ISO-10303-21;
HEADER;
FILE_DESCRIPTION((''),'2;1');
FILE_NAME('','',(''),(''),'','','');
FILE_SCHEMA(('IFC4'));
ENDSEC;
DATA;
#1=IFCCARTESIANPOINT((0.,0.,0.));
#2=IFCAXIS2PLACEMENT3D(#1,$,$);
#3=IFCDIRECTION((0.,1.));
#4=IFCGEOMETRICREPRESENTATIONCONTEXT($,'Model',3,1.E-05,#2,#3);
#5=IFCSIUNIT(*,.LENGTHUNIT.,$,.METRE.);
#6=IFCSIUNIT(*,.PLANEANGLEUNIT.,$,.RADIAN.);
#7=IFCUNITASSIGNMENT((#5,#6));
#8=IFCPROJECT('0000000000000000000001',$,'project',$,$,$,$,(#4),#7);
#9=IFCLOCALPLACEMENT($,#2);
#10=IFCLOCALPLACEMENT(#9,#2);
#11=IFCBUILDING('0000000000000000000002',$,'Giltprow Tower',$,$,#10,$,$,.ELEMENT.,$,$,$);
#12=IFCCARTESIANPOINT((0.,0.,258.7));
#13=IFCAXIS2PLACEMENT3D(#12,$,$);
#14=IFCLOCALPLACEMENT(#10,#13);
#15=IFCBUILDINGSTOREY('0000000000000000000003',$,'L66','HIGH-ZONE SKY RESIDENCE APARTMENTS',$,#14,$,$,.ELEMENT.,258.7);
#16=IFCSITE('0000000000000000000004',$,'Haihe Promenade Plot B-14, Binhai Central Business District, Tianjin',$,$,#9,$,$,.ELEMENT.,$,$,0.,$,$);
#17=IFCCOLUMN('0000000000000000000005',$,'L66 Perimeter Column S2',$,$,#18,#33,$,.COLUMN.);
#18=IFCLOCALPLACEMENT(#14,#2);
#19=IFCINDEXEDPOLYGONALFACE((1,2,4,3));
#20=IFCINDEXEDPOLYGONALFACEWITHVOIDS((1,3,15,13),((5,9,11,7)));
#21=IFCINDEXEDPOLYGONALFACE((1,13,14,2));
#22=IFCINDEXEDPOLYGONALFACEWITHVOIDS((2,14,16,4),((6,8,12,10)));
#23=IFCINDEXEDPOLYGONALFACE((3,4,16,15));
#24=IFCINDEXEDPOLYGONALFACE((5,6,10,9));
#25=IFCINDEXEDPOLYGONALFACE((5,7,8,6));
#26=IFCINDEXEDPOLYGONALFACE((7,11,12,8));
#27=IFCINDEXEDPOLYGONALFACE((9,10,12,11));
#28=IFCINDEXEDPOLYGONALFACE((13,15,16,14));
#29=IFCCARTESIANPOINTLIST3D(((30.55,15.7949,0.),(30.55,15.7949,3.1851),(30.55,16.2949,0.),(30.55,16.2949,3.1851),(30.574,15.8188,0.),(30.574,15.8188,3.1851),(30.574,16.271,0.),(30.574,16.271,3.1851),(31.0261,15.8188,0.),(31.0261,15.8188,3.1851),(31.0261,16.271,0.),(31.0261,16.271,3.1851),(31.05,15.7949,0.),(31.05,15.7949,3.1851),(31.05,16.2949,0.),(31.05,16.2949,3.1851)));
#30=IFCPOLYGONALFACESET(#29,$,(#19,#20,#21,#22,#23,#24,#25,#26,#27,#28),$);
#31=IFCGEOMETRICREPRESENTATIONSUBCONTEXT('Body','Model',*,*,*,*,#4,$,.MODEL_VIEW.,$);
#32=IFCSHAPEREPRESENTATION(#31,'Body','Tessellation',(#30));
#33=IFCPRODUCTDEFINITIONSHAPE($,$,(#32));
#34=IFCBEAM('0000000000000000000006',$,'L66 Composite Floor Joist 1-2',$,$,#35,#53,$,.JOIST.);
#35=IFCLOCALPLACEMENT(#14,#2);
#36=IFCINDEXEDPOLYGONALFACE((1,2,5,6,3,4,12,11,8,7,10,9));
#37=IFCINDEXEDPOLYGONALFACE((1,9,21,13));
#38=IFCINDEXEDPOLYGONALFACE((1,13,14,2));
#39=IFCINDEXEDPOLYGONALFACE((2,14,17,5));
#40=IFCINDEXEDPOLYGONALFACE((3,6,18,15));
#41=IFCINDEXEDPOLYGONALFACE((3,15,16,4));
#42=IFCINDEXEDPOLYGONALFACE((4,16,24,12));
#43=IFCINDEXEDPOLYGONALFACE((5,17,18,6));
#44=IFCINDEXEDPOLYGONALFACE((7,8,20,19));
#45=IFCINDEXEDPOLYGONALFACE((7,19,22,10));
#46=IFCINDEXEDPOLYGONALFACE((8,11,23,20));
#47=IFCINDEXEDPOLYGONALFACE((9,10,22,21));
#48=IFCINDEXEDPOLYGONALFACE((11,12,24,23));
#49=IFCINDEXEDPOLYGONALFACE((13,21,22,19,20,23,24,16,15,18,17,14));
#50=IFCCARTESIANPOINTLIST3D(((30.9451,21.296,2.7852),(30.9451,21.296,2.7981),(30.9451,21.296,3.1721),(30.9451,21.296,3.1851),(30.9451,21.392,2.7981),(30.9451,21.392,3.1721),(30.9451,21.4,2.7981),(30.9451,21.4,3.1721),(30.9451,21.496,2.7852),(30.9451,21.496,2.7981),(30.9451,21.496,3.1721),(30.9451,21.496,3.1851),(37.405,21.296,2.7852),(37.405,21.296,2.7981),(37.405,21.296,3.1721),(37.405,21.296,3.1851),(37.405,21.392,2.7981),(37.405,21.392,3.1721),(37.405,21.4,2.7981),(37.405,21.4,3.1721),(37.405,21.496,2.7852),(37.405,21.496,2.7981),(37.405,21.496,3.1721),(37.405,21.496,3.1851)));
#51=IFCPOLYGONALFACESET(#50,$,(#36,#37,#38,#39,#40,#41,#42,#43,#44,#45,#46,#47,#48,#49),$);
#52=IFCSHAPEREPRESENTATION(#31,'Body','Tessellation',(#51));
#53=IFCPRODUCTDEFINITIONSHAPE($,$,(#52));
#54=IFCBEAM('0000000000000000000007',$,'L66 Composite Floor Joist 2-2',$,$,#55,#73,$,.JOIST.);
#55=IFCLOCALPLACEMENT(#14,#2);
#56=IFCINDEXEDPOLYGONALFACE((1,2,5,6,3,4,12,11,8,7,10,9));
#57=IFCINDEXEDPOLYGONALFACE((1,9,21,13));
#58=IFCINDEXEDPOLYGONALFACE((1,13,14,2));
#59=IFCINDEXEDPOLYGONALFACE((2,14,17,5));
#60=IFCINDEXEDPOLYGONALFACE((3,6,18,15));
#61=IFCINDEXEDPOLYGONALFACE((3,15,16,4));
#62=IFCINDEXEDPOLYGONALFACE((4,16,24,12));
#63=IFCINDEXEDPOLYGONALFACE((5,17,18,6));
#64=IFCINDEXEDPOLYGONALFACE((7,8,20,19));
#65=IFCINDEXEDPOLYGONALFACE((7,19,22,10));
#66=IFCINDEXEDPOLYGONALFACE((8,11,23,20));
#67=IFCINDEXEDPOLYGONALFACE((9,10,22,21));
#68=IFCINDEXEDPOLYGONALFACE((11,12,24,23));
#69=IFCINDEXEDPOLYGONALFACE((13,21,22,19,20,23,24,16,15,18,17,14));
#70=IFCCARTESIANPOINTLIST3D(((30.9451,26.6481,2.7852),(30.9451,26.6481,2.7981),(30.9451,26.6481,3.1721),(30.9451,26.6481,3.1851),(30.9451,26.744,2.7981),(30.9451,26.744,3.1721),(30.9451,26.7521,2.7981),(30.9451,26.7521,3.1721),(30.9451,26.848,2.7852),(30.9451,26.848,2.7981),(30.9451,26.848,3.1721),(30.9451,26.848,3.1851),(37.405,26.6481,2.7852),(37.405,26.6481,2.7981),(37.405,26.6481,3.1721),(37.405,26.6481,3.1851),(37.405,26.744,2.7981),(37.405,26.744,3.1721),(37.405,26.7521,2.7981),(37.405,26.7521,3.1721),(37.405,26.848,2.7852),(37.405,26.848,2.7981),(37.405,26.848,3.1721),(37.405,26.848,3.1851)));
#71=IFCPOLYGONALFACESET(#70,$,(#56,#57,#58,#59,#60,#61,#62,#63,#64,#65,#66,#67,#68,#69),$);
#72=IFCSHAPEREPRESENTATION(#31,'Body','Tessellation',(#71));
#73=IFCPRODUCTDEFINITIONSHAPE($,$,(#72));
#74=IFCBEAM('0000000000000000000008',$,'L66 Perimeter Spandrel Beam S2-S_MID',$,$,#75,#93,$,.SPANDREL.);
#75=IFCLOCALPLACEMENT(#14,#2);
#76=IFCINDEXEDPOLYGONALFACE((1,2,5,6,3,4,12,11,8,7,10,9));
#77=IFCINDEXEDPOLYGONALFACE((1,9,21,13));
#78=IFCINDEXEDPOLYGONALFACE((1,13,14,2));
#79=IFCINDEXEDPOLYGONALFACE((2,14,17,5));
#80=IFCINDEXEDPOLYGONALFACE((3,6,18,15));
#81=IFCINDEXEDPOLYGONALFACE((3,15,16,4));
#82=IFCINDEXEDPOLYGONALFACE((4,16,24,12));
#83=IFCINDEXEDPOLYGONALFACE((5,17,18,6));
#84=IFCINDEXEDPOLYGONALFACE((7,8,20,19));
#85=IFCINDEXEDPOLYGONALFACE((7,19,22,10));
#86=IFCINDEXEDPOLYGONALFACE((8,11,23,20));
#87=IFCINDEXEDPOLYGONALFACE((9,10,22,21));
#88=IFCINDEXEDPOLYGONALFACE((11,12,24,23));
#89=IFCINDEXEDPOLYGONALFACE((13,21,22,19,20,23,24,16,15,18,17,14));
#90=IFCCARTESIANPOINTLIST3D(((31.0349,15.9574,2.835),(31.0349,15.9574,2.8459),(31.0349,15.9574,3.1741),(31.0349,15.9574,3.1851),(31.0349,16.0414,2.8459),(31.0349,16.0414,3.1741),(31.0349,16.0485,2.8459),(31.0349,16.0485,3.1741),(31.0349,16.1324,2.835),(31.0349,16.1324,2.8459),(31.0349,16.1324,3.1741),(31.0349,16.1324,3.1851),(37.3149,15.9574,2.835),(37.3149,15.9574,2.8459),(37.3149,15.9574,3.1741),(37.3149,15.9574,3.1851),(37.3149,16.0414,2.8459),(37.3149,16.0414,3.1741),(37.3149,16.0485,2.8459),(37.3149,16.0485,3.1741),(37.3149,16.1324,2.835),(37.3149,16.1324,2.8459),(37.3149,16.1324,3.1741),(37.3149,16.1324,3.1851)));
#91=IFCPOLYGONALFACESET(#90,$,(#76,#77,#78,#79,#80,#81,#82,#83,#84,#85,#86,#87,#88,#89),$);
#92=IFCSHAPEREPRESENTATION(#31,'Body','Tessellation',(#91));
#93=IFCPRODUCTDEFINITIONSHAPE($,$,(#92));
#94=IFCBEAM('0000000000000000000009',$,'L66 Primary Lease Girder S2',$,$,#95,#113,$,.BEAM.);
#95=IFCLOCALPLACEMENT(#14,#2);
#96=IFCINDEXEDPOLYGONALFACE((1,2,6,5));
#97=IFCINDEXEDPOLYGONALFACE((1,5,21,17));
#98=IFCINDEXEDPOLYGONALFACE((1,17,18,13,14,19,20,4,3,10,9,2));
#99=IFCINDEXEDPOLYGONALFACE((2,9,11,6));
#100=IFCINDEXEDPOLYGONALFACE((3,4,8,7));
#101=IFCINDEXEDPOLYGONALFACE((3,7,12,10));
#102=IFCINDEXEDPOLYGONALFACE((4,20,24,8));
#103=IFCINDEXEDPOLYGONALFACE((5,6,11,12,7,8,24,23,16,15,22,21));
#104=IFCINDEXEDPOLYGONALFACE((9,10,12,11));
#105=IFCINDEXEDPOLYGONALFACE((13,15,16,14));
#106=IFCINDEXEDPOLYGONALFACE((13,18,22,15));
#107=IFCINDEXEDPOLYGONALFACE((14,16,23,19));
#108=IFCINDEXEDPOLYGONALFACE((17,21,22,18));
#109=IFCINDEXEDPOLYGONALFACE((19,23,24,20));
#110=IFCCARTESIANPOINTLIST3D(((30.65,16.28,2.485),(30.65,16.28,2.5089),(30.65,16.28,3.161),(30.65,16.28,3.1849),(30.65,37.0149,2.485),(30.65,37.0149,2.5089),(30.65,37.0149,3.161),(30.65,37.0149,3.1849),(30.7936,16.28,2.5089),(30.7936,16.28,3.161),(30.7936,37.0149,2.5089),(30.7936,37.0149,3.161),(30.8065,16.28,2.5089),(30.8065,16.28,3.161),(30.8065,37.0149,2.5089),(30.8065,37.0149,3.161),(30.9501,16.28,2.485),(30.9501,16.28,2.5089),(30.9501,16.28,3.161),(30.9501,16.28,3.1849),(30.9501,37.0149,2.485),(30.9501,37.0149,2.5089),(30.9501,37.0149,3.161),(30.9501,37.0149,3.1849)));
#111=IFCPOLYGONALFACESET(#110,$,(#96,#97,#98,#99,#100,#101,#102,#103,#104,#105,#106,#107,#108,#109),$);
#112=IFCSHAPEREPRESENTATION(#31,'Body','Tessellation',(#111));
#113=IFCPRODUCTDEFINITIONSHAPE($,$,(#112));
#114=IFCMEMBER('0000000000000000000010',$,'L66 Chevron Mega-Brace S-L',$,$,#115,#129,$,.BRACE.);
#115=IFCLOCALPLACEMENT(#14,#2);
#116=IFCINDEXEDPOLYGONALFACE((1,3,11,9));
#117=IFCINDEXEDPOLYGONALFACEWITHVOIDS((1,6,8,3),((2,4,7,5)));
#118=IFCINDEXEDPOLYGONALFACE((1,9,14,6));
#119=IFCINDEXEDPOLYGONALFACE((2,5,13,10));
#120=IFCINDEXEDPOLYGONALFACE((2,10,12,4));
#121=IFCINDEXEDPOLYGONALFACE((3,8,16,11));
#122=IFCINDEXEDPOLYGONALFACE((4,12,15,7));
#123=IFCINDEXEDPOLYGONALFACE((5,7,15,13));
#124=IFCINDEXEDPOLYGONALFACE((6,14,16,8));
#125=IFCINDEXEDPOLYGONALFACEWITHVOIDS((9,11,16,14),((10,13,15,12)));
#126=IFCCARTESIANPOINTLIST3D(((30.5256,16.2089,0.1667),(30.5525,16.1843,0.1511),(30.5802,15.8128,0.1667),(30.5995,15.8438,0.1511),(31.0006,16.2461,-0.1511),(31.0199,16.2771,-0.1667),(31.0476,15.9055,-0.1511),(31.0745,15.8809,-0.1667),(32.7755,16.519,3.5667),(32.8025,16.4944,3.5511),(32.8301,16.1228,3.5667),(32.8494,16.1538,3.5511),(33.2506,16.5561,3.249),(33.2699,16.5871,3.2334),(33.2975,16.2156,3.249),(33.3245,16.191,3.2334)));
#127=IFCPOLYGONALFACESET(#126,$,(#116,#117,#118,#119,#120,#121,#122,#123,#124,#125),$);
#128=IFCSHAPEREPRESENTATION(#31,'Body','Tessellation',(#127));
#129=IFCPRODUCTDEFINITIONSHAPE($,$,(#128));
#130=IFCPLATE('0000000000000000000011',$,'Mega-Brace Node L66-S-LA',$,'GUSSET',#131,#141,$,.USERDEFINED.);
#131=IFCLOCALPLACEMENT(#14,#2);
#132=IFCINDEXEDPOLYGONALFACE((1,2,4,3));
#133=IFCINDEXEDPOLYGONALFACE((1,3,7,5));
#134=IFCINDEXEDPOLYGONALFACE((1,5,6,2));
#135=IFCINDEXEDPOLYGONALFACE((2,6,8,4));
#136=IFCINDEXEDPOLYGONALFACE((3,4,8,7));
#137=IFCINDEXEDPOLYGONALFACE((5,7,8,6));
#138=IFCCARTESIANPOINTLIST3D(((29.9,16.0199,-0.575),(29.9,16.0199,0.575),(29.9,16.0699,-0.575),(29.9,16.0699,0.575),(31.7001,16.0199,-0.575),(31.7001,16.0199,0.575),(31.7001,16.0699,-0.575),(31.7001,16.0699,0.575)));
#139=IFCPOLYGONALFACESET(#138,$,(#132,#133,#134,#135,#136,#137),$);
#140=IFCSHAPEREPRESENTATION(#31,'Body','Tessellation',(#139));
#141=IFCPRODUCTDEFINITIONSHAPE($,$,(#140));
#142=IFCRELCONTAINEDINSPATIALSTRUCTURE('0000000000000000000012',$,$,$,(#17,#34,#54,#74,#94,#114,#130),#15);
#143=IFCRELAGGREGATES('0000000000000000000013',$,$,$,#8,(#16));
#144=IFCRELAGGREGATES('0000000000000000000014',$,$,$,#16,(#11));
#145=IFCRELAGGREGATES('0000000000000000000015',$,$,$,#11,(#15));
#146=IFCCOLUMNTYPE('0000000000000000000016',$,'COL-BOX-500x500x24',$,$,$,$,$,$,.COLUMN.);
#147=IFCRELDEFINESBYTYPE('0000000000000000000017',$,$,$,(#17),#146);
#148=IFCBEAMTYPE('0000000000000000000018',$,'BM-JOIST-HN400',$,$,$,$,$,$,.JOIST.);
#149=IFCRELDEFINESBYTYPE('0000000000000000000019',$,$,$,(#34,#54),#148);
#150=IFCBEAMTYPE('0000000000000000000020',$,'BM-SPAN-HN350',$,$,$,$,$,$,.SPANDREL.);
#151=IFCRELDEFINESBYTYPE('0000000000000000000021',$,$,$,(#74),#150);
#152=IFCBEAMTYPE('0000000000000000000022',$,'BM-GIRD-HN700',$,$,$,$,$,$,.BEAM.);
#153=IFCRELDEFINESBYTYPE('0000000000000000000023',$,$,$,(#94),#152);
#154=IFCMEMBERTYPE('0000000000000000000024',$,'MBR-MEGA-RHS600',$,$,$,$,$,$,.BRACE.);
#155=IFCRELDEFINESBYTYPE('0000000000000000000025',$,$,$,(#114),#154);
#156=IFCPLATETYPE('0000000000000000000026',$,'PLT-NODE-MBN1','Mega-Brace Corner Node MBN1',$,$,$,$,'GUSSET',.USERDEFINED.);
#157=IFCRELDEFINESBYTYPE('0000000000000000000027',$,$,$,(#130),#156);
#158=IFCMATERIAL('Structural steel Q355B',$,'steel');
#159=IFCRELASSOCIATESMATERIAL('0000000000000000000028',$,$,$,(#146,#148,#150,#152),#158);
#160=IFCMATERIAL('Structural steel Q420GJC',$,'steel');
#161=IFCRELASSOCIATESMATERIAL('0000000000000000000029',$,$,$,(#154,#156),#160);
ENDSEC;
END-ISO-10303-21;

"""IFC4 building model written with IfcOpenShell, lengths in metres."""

from ifc_helpers import new_model, si_unit, direction, frame, origin, origin_2d, place, context, subcontext, project, spatial, rectangle, hollow_rectangle, i_section, extrude, source, transform, mapped, material, material_profile, profile_set, type_object, element, save


model = new_model("IFC4")

# Units and contexts
model_context = context("Model", 3, precision=1e-05, world=origin(), true_north=direction((0.0, 1.0)))
body_context = subcontext(model_context, "Body", "Model", "MODEL_VIEW")
ifc_project = project(units=[si_unit("LENGTHUNIT", "METRE"), si_unit("PLANEANGLEUNIT", "RADIAN")], contexts=[model_context])

# Site, building, storey
site_placement = place(None, origin())
site = spatial("IfcSite", under=ifc_project, at=site_placement, Name="Haihe Promenade Plot B-14, Binhai Central Business District, Tianjin", CompositionType="ELEMENT", RefElevation=0.0)
building_placement = place(site_placement, origin())
building = spatial("IfcBuilding", under=site, at=building_placement, Name="Giltprow Tower", CompositionType="ELEMENT")
storey_placement = place(building_placement, frame((0.0, 0.0, 258.7)))
storey = spatial("IfcBuildingStorey", under=building, at=storey_placement, Name="L66", Description="HIGH-ZONE SKY RESIDENCE APARTMENTS", CompositionType="ELEMENT", Elevation=258.7)

# Column
ifc_material_1 = material(Name="Structural steel Q355B", Category="steel")
ifc_material_profile_1 = material_profile(ifc_material_1, hollow_rectangle(XDim=0.5, YDim=0.5, WallThickness=0.0239, at=origin_2d()), Name="BOX 500x500x24")
ifc_profile_set_1 = profile_set([ifc_material_profile_1], Name="Structural steel Q355B")
column_type = type_object("IfcColumnType", Name="COL-BOX-500x500x24", PredefinedType="COLUMN", material=ifc_profile_set_1)
shared_shape_1 = source(origin(), body_context, "Body", "SweptSolid", [
    extrude(hollow_rectangle(XDim=0.5, YDim=0.5, WallThickness=0.0239, at=origin_2d()), origin(), (0.0, 0.0, 1.0), 3.1851),
])
column_placement = place(storey_placement, frame((30.8, 16.0449, 0.0), z_axis=(0.0, 0.0, 1.0), x_axis=(1.0, 0.0, 0.0)))
element("IfcColumn", 1, at=column_placement, inside=storey, type_object=column_type, Name="L66 Perimeter Column S2", PredefinedType="COLUMN", context=body_context, shape_type="MappedRepresentation", body=[
    mapped(shared_shape_1, transform((0.0, 0.0, 0.0), x_axis=(1.0, 0.0, 0.0), y_axis=(0.0, 1.0, 0.0), z_axis=(0.0, 0.0, 1.0), scale=1.0)),
])

# Beams
ifc_material_profile_2 = material_profile(ifc_material_1, i_section(OverallWidth=0.2, OverallDepth=0.3999, WebThickness=0.0081, FlangeThickness=0.0129, at=origin_2d()), Name="HN 400x200x8x13")
ifc_profile_set_2 = profile_set([ifc_material_profile_2], Name="Structural steel Q355B")
beam_type_1 = type_object("IfcBeamType", Name="BM-JOIST-HN400", PredefinedType="JOIST", material=ifc_profile_set_2)
shared_shape_2 = source(origin(), body_context, "Body", "SweptSolid", [
    extrude(i_section(OverallWidth=0.2, OverallDepth=0.3999, WebThickness=0.0081, FlangeThickness=0.0129, at=origin_2d()), origin(), (0.0, 0.0, 1.0), 6.46),
])
for number, where, z_axis, x_axis, name in (
    (2, (30.9451, 21.396, 2.9851), (1.0, 0.0, 0.0), (0.0, 1.0, 0.0), "L66 Composite Floor Joist 1-2"),
    (3, (30.9451, 26.748, 2.9851), (1.0, 0.0, 0.0), (0.0, 1.0, 0.0), "L66 Composite Floor Joist 2-2"),
):
    element("IfcBeam", number, at=place(storey_placement, frame(where, z_axis=z_axis, x_axis=x_axis)), inside=storey, type_object=beam_type_1, Name=name, PredefinedType="JOIST", context=body_context, shape_type="MappedRepresentation", body=[
        mapped(shared_shape_2, transform((0.0, 0.0, 0.0), x_axis=(1.0, 0.0, 0.0), y_axis=(0.0, 1.0, 0.0), z_axis=(0.0, 0.0, 1.0), scale=1.0)),
    ])
ifc_material_profile_3 = material_profile(ifc_material_1, i_section(OverallWidth=0.175, OverallDepth=0.3501, WebThickness=0.0071, FlangeThickness=0.011, at=origin_2d()), Name="HN 350x175x7x11")
ifc_profile_set_3 = profile_set([ifc_material_profile_3], Name="Structural steel Q355B")
beam_type_2 = type_object("IfcBeamType", Name="BM-SPAN-HN350", PredefinedType="SPANDREL", material=ifc_profile_set_3)
shared_shape_3 = source(origin(), body_context, "Body", "SweptSolid", [
    extrude(i_section(OverallWidth=0.175, OverallDepth=0.3501, WebThickness=0.0071, FlangeThickness=0.011, at=origin_2d()), origin(), (0.0, 0.0, 1.0), 6.28),
])
beam_1_placement = place(storey_placement, frame((31.0349, 16.0449, 3.01), z_axis=(1.0, 0.0, 0.0), x_axis=(0.0, 1.0, 0.0)))
element("IfcBeam", 4, at=beam_1_placement, inside=storey, type_object=beam_type_2, Name="L66 Perimeter Spandrel Beam S2-S_MID", PredefinedType="SPANDREL", context=body_context, shape_type="MappedRepresentation", body=[
    mapped(shared_shape_3, transform((0.0, 0.0, 0.0), x_axis=(1.0, 0.0, 0.0), y_axis=(0.0, 1.0, 0.0), z_axis=(0.0, 0.0, 1.0), scale=1.0)),
])
ifc_material_profile_4 = material_profile(ifc_material_1, i_section(OverallWidth=0.3, OverallDepth=0.7, WebThickness=0.0129, FlangeThickness=0.0239, at=origin_2d()), Name="HN 700x300x13x24")
ifc_profile_set_4 = profile_set([ifc_material_profile_4], Name="Structural steel Q355B")
beam_type_3 = type_object("IfcBeamType", Name="BM-GIRD-HN700", PredefinedType="BEAM", material=ifc_profile_set_4)
shared_shape_4 = source(origin(), body_context, "Body", "SweptSolid", [
    extrude(i_section(OverallWidth=0.3, OverallDepth=0.7, WebThickness=0.0129, FlangeThickness=0.0239, at=origin_2d()), origin(), (0.0, 0.0, 1.0), 20.7349),
])
beam_2_placement = place(storey_placement, frame((30.8, 16.28, 2.835), z_axis=(0.0, 1.0, 0.0), x_axis=(-1.0, 0.0, 0.0)))
element("IfcBeam", 5, at=beam_2_placement, inside=storey, type_object=beam_type_3, Name="L66 Primary Lease Girder S2", PredefinedType="BEAM", context=body_context, shape_type="MappedRepresentation", body=[
    mapped(shared_shape_4, transform((0.0, 0.0, 0.0), x_axis=(1.0, 0.0, 0.0), y_axis=(0.0, 1.0, 0.0), z_axis=(0.0, 0.0, 1.0), scale=1.0)),
])

# Member
ifc_material_2 = material(Name="Structural steel Q420GJC", Category="steel")
ifc_material_profile_5 = material_profile(ifc_material_2, hollow_rectangle(XDim=0.3999, YDim=0.6001, WallThickness=0.0281, at=origin_2d()), Name="RHS 600x400x28")
ifc_profile_set_5 = profile_set([ifc_material_profile_5], Name="Structural steel Q420GJC")
member_type = type_object("IfcMemberType", Name="MBR-MEGA-RHS600", PredefinedType="BRACE", material=ifc_profile_set_5)
shared_shape_5 = source(origin(), body_context, "Body", "SweptSolid", [
    extrude(hollow_rectangle(XDim=0.3999, YDim=0.6001, WallThickness=0.0281, at=origin_2d()), origin(), (0.0, 0.0, 1.0), 4.0889),
])
member_placement = place(storey_placement, frame((30.8, 16.0449, 0.0), z_axis=(0.550262, 0.075828, 0.831542), x_axis=(-0.136514, 0.990638, 0.0)))
element("IfcMember", 6, at=member_placement, inside=storey, type_object=member_type, Name="L66 Chevron Mega-Brace S-L", PredefinedType="BRACE", context=body_context, shape_type="MappedRepresentation", body=[
    mapped(shared_shape_5, transform((0.0, 0.0, 0.0), x_axis=(1.0, 0.0, 0.0), y_axis=(0.0, 1.0, 0.0), z_axis=(0.0, 0.0, 1.0), scale=1.0)),
])

# Plate
plate_type = type_object("IfcPlateType", Name="PLT-NODE-MBN1", Description="Mega-Brace Corner Node MBN1", ElementType="GUSSET", PredefinedType="USERDEFINED", material=ifc_material_2)
shared_shape_6 = source(origin(), body_context, "Body", "SweptSolid", [
    extrude(rectangle(XDim=1.8, YDim=0.05, at=origin_2d()), origin(), (0.0, 0.0, 1.0), 1.1499),
])
plate_placement = place(storey_placement, frame((30.8, 16.0449, -0.575), z_axis=(0.0, 0.0, 1.0), x_axis=(1.0, 0.0, 0.0)))
element("IfcPlate", 7, at=plate_placement, inside=storey, type_object=plate_type, Name="Mega-Brace Node L66-S-LA", ObjectType="GUSSET", PredefinedType="USERDEFINED", context=body_context, shape_type="MappedRepresentation", body=[
    mapped(shared_shape_6, transform((0.0, 0.0, 0.0), x_axis=(1.0, 0.0, 0.0), y_axis=(0.0, 1.0, 0.0), z_axis=(0.0, 0.0, 1.0), scale=1.0)),
])

save(model, "model.ifc")
